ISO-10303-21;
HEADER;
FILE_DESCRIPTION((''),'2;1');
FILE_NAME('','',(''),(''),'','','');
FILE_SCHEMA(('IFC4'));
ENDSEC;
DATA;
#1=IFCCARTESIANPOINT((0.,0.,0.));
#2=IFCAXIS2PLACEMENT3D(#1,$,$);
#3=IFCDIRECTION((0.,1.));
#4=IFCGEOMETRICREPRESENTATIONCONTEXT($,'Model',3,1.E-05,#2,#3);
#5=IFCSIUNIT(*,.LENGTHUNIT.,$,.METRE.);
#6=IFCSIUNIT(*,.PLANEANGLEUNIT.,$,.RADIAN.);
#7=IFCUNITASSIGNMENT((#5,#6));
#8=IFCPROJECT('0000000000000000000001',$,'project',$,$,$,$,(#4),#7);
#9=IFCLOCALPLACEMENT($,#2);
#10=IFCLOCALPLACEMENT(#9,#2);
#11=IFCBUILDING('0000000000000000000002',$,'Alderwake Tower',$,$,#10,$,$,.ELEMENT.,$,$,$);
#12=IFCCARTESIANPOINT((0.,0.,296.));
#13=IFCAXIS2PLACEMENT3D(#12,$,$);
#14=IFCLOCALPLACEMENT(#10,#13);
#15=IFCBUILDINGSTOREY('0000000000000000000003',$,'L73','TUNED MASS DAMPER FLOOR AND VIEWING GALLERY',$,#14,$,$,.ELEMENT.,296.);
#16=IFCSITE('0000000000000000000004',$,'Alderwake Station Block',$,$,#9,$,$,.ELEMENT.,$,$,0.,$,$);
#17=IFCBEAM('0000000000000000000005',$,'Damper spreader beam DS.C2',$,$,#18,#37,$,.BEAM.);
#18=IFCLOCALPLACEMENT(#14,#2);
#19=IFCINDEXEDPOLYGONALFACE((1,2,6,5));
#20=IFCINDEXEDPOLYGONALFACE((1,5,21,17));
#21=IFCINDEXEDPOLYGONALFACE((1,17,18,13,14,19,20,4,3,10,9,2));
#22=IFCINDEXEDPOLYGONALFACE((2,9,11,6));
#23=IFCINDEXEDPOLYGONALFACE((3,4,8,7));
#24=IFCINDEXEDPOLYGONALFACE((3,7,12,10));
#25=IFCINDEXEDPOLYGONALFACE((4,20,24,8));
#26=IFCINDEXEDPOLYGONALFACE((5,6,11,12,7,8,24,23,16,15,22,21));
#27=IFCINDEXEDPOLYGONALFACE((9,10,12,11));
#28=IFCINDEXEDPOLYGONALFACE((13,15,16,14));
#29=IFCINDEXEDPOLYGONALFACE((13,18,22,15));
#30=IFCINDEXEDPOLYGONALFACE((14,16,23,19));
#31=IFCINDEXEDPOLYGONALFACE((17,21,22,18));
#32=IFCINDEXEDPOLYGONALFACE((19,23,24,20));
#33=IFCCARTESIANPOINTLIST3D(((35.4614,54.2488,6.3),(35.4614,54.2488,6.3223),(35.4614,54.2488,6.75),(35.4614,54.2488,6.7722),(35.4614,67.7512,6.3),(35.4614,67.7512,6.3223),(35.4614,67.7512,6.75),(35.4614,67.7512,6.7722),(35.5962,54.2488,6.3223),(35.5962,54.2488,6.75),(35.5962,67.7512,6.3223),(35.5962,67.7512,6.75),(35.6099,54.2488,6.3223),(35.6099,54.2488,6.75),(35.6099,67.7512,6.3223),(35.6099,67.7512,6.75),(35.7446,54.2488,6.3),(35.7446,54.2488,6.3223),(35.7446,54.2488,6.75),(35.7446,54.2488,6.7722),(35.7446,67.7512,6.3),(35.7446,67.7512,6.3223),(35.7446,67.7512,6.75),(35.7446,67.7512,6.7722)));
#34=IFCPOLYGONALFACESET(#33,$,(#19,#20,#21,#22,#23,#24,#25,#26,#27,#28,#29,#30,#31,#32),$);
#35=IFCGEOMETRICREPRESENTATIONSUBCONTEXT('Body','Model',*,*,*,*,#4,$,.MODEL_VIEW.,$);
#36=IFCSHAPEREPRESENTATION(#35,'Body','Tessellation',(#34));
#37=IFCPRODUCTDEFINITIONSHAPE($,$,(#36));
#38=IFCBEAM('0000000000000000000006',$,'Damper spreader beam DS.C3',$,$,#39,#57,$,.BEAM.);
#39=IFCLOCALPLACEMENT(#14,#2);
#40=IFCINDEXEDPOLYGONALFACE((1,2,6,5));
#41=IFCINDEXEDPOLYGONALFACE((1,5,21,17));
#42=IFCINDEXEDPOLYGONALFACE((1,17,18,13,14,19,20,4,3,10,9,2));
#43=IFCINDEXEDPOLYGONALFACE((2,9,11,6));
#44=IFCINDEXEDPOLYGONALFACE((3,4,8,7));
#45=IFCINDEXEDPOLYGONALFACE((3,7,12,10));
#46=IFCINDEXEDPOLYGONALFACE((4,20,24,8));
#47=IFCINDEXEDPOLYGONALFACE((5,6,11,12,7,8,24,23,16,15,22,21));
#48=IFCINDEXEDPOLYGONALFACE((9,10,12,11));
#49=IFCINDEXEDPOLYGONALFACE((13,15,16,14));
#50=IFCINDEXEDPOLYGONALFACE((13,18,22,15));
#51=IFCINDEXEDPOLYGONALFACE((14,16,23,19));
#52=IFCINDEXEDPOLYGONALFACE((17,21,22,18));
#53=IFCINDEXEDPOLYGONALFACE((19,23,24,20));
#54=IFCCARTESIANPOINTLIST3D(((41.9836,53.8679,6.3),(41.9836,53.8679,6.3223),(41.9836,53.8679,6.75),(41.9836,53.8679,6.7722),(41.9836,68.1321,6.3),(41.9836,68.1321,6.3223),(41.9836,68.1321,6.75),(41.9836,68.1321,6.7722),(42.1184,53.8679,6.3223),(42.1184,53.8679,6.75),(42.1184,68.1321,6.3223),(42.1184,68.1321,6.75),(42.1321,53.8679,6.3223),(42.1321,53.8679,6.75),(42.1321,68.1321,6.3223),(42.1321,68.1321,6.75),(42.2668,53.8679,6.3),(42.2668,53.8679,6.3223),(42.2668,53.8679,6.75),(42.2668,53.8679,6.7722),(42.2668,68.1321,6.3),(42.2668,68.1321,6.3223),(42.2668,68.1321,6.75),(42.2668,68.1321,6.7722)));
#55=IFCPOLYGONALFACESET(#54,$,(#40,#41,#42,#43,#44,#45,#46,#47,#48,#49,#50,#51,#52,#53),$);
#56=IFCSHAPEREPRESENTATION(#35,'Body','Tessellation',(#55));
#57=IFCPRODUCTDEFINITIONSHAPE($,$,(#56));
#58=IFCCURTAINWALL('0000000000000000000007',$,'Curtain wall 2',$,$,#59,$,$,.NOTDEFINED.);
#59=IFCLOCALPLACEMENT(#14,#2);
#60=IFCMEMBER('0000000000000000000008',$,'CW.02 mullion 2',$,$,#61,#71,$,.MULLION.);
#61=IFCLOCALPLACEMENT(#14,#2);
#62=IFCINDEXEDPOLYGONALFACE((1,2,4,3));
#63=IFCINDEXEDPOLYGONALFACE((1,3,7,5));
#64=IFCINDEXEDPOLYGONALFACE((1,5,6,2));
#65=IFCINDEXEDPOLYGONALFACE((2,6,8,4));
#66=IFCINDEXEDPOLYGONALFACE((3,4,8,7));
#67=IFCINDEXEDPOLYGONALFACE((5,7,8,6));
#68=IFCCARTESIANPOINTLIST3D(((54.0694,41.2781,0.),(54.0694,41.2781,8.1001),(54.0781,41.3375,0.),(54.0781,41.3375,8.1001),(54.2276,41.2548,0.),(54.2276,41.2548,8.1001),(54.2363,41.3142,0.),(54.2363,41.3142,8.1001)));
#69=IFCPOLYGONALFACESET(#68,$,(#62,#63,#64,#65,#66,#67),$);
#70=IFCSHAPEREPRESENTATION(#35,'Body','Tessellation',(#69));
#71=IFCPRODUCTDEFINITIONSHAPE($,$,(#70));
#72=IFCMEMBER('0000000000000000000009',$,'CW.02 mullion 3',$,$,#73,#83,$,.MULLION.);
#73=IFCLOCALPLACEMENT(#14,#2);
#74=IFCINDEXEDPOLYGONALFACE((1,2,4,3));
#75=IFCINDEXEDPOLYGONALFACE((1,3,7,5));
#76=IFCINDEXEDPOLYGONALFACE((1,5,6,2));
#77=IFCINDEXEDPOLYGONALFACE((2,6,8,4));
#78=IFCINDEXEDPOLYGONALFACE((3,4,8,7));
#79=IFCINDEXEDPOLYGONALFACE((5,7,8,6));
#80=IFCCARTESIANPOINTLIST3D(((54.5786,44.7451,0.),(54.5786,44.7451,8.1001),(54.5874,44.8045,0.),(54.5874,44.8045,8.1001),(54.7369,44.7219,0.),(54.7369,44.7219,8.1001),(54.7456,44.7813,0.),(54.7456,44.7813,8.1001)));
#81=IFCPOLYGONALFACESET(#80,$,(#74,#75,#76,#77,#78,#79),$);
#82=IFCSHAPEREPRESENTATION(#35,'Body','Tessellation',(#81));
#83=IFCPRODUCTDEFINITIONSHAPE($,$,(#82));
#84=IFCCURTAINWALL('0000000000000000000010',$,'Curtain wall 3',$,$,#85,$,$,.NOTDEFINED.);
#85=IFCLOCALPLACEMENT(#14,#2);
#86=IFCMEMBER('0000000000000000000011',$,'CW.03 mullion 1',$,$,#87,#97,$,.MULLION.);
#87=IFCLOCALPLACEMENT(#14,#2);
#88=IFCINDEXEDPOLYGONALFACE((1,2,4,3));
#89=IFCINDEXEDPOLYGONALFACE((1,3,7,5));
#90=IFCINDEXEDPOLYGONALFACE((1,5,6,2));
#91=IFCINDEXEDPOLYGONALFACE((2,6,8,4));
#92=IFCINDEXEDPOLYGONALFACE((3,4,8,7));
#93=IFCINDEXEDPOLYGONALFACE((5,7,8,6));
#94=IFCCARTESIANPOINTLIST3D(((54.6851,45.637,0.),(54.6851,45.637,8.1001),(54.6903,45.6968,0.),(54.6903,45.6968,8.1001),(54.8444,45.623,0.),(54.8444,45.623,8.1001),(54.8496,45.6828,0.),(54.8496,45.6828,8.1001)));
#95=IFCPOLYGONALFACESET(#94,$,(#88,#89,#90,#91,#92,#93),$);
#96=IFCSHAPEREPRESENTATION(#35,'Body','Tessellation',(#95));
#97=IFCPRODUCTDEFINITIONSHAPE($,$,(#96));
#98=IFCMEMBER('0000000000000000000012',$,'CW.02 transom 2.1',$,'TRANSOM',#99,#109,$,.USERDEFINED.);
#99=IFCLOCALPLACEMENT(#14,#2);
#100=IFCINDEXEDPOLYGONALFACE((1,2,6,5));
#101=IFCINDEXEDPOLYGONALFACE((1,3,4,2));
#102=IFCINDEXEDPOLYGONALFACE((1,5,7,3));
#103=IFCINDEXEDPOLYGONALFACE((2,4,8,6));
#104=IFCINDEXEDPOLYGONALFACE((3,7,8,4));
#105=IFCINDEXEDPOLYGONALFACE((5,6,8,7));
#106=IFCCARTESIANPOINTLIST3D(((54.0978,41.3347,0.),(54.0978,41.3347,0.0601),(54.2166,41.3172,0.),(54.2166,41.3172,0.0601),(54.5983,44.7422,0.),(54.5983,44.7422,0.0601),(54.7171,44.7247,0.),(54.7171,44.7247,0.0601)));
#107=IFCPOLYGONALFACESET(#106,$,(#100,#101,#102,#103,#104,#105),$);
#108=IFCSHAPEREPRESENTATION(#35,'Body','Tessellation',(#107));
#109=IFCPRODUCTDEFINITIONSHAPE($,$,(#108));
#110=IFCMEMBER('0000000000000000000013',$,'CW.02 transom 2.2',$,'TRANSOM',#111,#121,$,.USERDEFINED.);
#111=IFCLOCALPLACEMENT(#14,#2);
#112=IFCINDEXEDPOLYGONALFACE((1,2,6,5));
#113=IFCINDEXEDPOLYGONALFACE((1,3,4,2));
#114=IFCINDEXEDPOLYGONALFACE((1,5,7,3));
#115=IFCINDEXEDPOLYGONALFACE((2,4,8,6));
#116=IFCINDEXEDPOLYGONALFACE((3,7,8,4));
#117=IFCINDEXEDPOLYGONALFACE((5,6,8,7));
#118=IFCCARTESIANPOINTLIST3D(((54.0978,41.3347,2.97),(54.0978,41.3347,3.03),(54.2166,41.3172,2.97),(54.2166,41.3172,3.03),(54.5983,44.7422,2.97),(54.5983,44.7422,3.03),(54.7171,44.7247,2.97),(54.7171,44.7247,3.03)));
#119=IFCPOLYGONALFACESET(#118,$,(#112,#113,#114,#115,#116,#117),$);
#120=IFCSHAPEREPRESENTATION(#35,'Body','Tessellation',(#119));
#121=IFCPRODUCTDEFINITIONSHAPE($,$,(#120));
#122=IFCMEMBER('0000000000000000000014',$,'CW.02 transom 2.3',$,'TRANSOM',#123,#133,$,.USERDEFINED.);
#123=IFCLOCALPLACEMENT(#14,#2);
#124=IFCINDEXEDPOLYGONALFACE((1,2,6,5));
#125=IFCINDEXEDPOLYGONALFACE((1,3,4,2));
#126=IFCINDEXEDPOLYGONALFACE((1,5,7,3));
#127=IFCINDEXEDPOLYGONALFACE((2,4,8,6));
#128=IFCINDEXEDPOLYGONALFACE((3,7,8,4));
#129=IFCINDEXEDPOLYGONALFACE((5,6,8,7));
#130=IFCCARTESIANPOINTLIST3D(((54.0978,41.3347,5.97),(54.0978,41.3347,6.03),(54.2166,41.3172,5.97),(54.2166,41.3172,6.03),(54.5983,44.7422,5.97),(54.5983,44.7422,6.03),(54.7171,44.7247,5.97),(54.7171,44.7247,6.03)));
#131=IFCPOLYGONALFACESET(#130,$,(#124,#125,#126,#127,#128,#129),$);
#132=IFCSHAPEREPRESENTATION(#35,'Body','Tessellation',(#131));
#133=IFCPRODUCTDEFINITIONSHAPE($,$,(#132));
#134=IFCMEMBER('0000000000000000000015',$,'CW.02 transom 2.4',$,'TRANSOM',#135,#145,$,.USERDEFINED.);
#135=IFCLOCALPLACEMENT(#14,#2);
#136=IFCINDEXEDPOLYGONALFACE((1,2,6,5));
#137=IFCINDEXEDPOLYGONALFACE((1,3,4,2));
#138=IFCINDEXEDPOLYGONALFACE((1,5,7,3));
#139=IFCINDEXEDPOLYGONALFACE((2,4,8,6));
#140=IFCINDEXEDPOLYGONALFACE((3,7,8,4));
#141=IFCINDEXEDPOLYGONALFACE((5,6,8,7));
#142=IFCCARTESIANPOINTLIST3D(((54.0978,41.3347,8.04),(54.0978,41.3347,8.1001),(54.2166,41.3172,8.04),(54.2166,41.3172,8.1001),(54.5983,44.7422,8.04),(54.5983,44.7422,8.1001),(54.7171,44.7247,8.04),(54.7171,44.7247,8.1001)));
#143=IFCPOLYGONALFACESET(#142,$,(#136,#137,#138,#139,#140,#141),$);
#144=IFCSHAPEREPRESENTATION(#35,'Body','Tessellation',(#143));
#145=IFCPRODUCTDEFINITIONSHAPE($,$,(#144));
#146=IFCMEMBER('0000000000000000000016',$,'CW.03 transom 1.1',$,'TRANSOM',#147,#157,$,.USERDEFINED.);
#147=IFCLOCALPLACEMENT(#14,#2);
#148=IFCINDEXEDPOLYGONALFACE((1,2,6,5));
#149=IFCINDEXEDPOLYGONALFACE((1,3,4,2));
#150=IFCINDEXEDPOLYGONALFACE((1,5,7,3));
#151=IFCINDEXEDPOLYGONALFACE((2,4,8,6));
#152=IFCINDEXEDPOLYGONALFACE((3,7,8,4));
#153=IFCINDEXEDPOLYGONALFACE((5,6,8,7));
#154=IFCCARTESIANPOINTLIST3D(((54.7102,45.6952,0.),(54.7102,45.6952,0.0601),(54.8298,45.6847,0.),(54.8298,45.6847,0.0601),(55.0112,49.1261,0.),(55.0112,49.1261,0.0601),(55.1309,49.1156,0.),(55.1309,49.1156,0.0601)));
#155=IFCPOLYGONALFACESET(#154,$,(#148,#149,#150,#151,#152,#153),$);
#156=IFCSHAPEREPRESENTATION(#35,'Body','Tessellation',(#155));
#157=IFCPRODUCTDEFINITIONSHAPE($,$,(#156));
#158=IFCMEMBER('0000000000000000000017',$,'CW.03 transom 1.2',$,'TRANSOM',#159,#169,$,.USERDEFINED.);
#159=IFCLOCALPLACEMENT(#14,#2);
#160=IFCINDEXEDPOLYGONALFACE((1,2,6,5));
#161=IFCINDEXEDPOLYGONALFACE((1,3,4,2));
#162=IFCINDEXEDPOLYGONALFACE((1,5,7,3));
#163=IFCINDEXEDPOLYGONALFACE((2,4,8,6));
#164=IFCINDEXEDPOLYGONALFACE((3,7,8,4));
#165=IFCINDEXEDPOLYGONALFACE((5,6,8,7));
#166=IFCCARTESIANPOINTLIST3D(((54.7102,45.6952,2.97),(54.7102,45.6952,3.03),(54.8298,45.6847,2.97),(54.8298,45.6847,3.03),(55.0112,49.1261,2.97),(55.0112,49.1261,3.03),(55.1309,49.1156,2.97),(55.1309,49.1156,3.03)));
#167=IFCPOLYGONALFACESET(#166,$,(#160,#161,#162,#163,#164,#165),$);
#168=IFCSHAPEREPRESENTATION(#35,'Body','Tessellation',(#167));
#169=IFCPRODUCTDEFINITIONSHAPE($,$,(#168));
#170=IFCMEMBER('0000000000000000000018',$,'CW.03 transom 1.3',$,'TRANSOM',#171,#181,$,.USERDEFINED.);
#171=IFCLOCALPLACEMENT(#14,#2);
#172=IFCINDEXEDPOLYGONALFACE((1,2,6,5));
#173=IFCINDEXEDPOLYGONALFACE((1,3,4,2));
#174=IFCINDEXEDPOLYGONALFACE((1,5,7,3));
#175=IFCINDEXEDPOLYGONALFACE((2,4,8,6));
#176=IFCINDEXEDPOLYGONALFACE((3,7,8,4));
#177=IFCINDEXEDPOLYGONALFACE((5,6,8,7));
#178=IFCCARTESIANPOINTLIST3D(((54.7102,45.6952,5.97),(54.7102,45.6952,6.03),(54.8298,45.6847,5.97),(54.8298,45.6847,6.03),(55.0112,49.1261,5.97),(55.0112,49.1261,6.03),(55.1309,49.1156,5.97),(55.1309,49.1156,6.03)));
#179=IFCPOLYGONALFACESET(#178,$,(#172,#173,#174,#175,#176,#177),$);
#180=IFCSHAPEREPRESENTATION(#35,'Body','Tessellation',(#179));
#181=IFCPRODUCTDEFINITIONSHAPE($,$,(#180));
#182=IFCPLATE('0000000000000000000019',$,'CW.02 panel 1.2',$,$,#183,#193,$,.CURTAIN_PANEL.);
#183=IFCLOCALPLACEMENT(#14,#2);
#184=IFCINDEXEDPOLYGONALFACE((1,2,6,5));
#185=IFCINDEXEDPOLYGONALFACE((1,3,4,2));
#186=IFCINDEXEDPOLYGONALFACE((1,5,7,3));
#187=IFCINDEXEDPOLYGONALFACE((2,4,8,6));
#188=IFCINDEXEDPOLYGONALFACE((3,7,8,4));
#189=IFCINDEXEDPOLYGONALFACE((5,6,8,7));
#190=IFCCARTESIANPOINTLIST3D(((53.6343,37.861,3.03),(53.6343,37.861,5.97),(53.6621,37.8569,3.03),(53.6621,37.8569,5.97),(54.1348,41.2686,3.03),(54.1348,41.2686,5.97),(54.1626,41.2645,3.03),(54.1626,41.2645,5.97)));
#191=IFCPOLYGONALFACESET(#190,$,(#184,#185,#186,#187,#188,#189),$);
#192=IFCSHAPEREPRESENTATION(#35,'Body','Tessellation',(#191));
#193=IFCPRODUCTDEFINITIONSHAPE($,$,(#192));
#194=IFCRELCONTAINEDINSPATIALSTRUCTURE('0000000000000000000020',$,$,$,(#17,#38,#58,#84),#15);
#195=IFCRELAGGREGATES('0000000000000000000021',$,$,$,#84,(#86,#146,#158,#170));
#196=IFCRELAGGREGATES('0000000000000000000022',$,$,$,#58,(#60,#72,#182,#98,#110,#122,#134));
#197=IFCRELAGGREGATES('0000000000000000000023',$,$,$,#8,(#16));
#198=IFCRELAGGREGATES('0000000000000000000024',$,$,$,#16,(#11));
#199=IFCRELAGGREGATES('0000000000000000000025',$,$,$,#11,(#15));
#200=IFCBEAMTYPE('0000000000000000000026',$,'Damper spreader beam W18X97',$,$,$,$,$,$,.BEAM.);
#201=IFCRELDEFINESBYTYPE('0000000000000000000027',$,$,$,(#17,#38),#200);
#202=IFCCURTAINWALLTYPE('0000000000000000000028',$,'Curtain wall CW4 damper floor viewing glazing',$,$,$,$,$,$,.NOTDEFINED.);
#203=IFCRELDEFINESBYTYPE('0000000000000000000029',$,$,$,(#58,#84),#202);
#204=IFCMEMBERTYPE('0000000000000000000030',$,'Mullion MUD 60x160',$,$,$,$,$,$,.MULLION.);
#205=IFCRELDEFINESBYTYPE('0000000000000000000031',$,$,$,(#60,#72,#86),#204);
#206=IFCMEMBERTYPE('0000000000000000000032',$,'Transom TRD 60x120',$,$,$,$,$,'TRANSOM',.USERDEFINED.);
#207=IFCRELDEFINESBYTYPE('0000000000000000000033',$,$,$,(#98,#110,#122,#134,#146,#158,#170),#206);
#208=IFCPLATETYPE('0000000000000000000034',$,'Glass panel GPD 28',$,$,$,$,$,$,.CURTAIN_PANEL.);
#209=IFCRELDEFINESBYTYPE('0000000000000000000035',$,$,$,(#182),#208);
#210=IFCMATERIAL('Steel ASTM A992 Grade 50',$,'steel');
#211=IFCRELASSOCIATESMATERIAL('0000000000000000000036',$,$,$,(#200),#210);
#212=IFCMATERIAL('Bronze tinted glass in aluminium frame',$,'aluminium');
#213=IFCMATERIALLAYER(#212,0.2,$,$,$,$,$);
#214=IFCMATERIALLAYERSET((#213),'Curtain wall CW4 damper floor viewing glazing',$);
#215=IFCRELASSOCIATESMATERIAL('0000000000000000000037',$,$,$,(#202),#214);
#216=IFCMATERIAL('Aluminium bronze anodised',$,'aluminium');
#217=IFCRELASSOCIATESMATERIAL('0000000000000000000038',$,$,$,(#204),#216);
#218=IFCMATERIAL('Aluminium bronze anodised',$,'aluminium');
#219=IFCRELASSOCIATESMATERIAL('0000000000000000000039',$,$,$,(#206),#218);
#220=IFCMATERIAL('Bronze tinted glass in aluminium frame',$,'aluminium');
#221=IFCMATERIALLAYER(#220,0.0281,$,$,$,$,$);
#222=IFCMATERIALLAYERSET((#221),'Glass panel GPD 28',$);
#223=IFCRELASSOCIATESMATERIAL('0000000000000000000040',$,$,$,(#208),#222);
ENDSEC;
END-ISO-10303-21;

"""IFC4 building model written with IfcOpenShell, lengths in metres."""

from ifc_helpers import new_model, si_unit, direction, frame, origin, origin_2d, place, context, subcontext, project, spatial, rectangle, i_section, extrude, material, layer, layer_set, material_profile, profile_set, type_object, element, aggregate, save


model = new_model("IFC4")

# Units and contexts
model_context = context("Model", 3, precision=1e-05, world=origin(), true_north=direction((0.0, 1.0)))
body_context = subcontext(model_context, "Body", "Model", "MODEL_VIEW")
ifc_project = project(units=[si_unit("LENGTHUNIT", "METRE"), si_unit("PLANEANGLEUNIT", "RADIAN")], contexts=[model_context])

# Site, building, storey
site_placement = place(None, origin())
site = spatial("IfcSite", under=ifc_project, at=site_placement, Name="Alderwake Station Block", CompositionType="ELEMENT", RefElevation=0.0)
building_placement = place(site_placement, origin())
building = spatial("IfcBuilding", under=site, at=building_placement, Name="Alderwake Tower", CompositionType="ELEMENT")
storey_placement = place(building_placement, frame((0.0, 0.0, 296.0)))
storey = spatial("IfcBuildingStorey", under=building, at=storey_placement, Name="L73", Description="TUNED MASS DAMPER FLOOR AND VIEWING GALLERY", CompositionType="ELEMENT", Elevation=296.0)

# Beams
ifc_material_1 = material(Name="Steel ASTM A992 Grade 50", Category="steel")
ifc_material_profile_1 = material_profile(ifc_material_1, i_section(OverallWidth=0.2832, OverallDepth=0.4722, WebThickness=0.0137, FlangeThickness=0.0222, at=origin_2d()), Name="W18X97")
ifc_profile_set_1 = profile_set([ifc_material_profile_1], Name="Steel ASTM A992 Grade 50")
beam_type_1 = type_object("IfcBeamType", Name="Damper spreader beam W18X97", PredefinedType="BEAM", material=ifc_profile_set_1)
beam_1_placement = place(storey_placement, frame((35.603, 54.2488, 6.5361), z_axis=(0.0, 1.0, 0.0), x_axis=(-1.0, 0.0, 0.0)))
element("IfcBeam", 1, at=beam_1_placement, inside=storey, type_object=beam_type_1, Name="Damper spreader beam DS.C2", PredefinedType="BEAM", context=body_context, shape_type="SweptSolid", body=[
    extrude(i_section(OverallWidth=0.2832, OverallDepth=0.4722, WebThickness=0.0137, FlangeThickness=0.0222, at=origin_2d()), origin(), (0.0, 0.0, 1.0), 13.5024),
])
beam_2_placement = place(storey_placement, frame((42.1252, 53.8679, 6.5361), z_axis=(0.0, 1.0, 0.0), x_axis=(-1.0, 0.0, 0.0)))
element("IfcBeam", 2, at=beam_2_placement, inside=storey, type_object=beam_type_1, Name="Damper spreader beam DS.C3", PredefinedType="BEAM", context=body_context, shape_type="SweptSolid", body=[
    extrude(i_section(OverallWidth=0.2832, OverallDepth=0.4722, WebThickness=0.0137, FlangeThickness=0.0222, at=origin_2d()), origin(), (0.0, 0.0, 1.0), 14.2642),
])

# Curtain wall, members
ifc_material_2 = material(Name="Bronze tinted glass in aluminium frame", Category="aluminium")
ifc_layer_1 = layer(ifc_material_2, 0.2)
ifc_layer_set_1 = layer_set([ifc_layer_1], Name="Curtain wall CW4 damper floor viewing glazing")
curtain_wall_type = type_object("IfcCurtainWallType", Name="Curtain wall CW4 damper floor viewing glazing", PredefinedType="NOTDEFINED", material=ifc_layer_set_1)
curtain_wall_1_placement = place(storey_placement, origin())
curtain_wall_1 = element("IfcCurtainWall", 3, at=curtain_wall_1_placement, inside=storey, type_object=curtain_wall_type, Name="Curtain wall 2", PredefinedType="NOTDEFINED")
ifc_material_3 = material(Name="Aluminium bronze anodised", Category="aluminium")
ifc_material_profile_2 = material_profile(ifc_material_3, rectangle(XDim=0.1599, YDim=0.0601, at=origin_2d()), Name="Mullion MUD 60x160")
ifc_profile_set_2 = profile_set([ifc_material_profile_2], Name="Aluminium bronze anodised")
member_type_1 = type_object("IfcMemberType", Name="Mullion MUD 60x160", PredefinedType="MULLION", material=ifc_profile_set_2)
member_1_placement = place(storey_placement, frame((54.1528, 41.2961, 0.0), z_axis=(0.0, 0.0, 1.0), x_axis=(-0.989386, 0.14531, 0.0)))
member_1 = element("IfcMember", 4, at=member_1_placement, type_object=member_type_1, Name="CW.02 mullion 2", PredefinedType="MULLION", context=body_context, shape_type="SweptSolid", body=[
    extrude(rectangle(XDim=0.1599, YDim=0.0601, at=origin_2d()), origin(), (0.0, 0.0, 1.0), 8.1001),
])
member_2_placement = place(storey_placement, frame((54.6621, 44.7632, 0.0), z_axis=(0.0, 0.0, 1.0), x_axis=(-0.989386, 0.14531, 0.0)))
member_2 = element("IfcMember", 5, at=member_2_placement, type_object=member_type_1, Name="CW.02 mullion 3", PredefinedType="MULLION", context=body_context, shape_type="SweptSolid", body=[
    extrude(rectangle(XDim=0.1599, YDim=0.0601, at=origin_2d()), origin(), (0.0, 0.0, 1.0), 8.1001),
])

# Curtain wall, member
curtain_wall_2_placement = place(storey_placement, origin())
curtain_wall_2 = element("IfcCurtainWall", 6, at=curtain_wall_2_placement, inside=storey, type_object=curtain_wall_type, Name="Curtain wall 3", PredefinedType="NOTDEFINED")
member_3_placement = place(storey_placement, frame((54.7673, 45.6599, 0.0), z_axis=(0.0, 0.0, 1.0), x_axis=(-0.996174, 0.08739, 0.0)))
member_3 = element("IfcMember", 7, at=member_3_placement, type_object=member_type_1, Name="CW.03 mullion 1", PredefinedType="MULLION", context=body_context, shape_type="SweptSolid", body=[
    extrude(rectangle(XDim=0.1599, YDim=0.0601, at=origin_2d()), origin(), (0.0, 0.0, 1.0), 8.1001),
])

# Members
ifc_material_4 = material(Name="Aluminium bronze anodised", Category="aluminium")
ifc_material_profile_3 = material_profile(ifc_material_4, rectangle(XDim=0.1201, YDim=0.0601, at=origin_2d()), Name="Transom TRD 60x120")
ifc_profile_set_3 = profile_set([ifc_material_profile_3], Name="Aluminium bronze anodised")
member_type_2 = type_object("IfcMemberType", Name="Transom TRD 60x120", ElementType="TRANSOM", PredefinedType="USERDEFINED", material=ifc_profile_set_3)
member_4_placement = place(storey_placement, frame((54.1572, 41.3259, 0.03), z_axis=(0.145321, 0.989385, 0.0), x_axis=(-0.989385, 0.145321, 0.0)))
member_4 = element("IfcMember", 8, at=member_4_placement, type_object=member_type_2, Name="CW.02 transom 2.1", ObjectType="TRANSOM", PredefinedType="USERDEFINED", context=body_context, shape_type="SweptSolid", body=[
    extrude(rectangle(XDim=0.1201, YDim=0.0601, at=origin_2d()), origin(), (0.0, 0.0, 1.0), 3.4441),
])
member_5_placement = place(storey_placement, frame((54.1572, 41.3259, 3.0), z_axis=(0.145321, 0.989385, 0.0), x_axis=(-0.989385, 0.145321, 0.0)))
member_5 = element("IfcMember", 9, at=member_5_placement, type_object=member_type_2, Name="CW.02 transom 2.2", ObjectType="TRANSOM", PredefinedType="USERDEFINED", context=body_context, shape_type="SweptSolid", body=[
    extrude(rectangle(XDim=0.1201, YDim=0.0601, at=origin_2d()), origin(), (0.0, 0.0, 1.0), 3.4441),
])
member_6_placement = place(storey_placement, frame((54.1572, 41.3259, 6.0), z_axis=(0.145321, 0.989385, 0.0), x_axis=(-0.989385, 0.145321, 0.0)))
member_6 = element("IfcMember", 10, at=member_6_placement, type_object=member_type_2, Name="CW.02 transom 2.3", ObjectType="TRANSOM", PredefinedType="USERDEFINED", context=body_context, shape_type="SweptSolid", body=[
    extrude(rectangle(XDim=0.1201, YDim=0.0601, at=origin_2d()), origin(), (0.0, 0.0, 1.0), 3.4441),
])
member_7_placement = place(storey_placement, frame((54.1572, 41.3259, 8.0701), z_axis=(0.145321, 0.989385, 0.0), x_axis=(-0.989385, 0.145321, 0.0)))
member_7 = element("IfcMember", 11, at=member_7_placement, type_object=member_type_2, Name="CW.02 transom 2.4", ObjectType="TRANSOM", PredefinedType="USERDEFINED", context=body_context, shape_type="SweptSolid", body=[
    extrude(rectangle(XDim=0.1201, YDim=0.0601, at=origin_2d()), origin(), (0.0, 0.0, 1.0), 3.4441),
])
member_8_placement = place(storey_placement, frame((54.77, 45.6899, 0.03), z_axis=(0.087403, 0.996173, 0.0), x_axis=(-0.996173, 0.087403, 0.0)))
member_8 = element("IfcMember", 12, at=member_8_placement, type_object=member_type_2, Name="CW.03 transom 1.1", ObjectType="TRANSOM", PredefinedType="USERDEFINED", context=body_context, shape_type="SweptSolid", body=[
    extrude(rectangle(XDim=0.1201, YDim=0.0601, at=origin_2d()), origin(), (0.0, 0.0, 1.0), 3.4441),
])
member_9_placement = place(storey_placement, frame((54.77, 45.6899, 3.0), z_axis=(0.087403, 0.996173, 0.0), x_axis=(-0.996173, 0.087403, 0.0)))
member_9 = element("IfcMember", 13, at=member_9_placement, type_object=member_type_2, Name="CW.03 transom 1.2", ObjectType="TRANSOM", PredefinedType="USERDEFINED", context=body_context, shape_type="SweptSolid", body=[
    extrude(rectangle(XDim=0.1201, YDim=0.0601, at=origin_2d()), origin(), (0.0, 0.0, 1.0), 3.4441),
])
member_10_placement = place(storey_placement, frame((54.77, 45.6899, 6.0), z_axis=(0.087403, 0.996173, 0.0), x_axis=(-0.996173, 0.087403, 0.0)))
member_10 = element("IfcMember", 14, at=member_10_placement, type_object=member_type_2, Name="CW.03 transom 1.3", ObjectType="TRANSOM", PredefinedType="USERDEFINED", context=body_context, shape_type="SweptSolid", body=[
    extrude(rectangle(XDim=0.1201, YDim=0.0601, at=origin_2d()), origin(), (0.0, 0.0, 1.0), 3.4441),
])
aggregate(curtain_wall_2, [member_3, member_8, member_9, member_10])

# Plate
ifc_material_5 = material(Name="Bronze tinted glass in aluminium frame", Category="aluminium")
ifc_layer_2 = layer(ifc_material_5, 0.0281)
ifc_layer_set_2 = layer_set([ifc_layer_2], Name="Glass panel GPD 28")
plate_type = type_object("IfcPlateType", Name="Glass panel GPD 28", PredefinedType="CURTAIN_PANEL", material=ifc_layer_set_2)
plate_1_placement = place(storey_placement, frame((53.8984, 39.5627, 3.03), z_axis=(0.0, 0.0, 1.0), x_axis=(0.14531, 0.989386, 0.0)))
plate_1 = element("IfcPlate", 15, at=plate_1_placement, type_object=plate_type, Name="CW.02 panel 1.2", PredefinedType="CURTAIN_PANEL", context=body_context, shape_type="SweptSolid", body=[
    extrude(rectangle(XDim=3.4441, YDim=0.0281, at=origin_2d()), origin(), (0.0, 0.0, 1.0), 2.9399),
])
aggregate(curtain_wall_1, [member_1, member_2, plate_1, member_4, member_5, member_6, member_7])

save(model, "model.ifc")
